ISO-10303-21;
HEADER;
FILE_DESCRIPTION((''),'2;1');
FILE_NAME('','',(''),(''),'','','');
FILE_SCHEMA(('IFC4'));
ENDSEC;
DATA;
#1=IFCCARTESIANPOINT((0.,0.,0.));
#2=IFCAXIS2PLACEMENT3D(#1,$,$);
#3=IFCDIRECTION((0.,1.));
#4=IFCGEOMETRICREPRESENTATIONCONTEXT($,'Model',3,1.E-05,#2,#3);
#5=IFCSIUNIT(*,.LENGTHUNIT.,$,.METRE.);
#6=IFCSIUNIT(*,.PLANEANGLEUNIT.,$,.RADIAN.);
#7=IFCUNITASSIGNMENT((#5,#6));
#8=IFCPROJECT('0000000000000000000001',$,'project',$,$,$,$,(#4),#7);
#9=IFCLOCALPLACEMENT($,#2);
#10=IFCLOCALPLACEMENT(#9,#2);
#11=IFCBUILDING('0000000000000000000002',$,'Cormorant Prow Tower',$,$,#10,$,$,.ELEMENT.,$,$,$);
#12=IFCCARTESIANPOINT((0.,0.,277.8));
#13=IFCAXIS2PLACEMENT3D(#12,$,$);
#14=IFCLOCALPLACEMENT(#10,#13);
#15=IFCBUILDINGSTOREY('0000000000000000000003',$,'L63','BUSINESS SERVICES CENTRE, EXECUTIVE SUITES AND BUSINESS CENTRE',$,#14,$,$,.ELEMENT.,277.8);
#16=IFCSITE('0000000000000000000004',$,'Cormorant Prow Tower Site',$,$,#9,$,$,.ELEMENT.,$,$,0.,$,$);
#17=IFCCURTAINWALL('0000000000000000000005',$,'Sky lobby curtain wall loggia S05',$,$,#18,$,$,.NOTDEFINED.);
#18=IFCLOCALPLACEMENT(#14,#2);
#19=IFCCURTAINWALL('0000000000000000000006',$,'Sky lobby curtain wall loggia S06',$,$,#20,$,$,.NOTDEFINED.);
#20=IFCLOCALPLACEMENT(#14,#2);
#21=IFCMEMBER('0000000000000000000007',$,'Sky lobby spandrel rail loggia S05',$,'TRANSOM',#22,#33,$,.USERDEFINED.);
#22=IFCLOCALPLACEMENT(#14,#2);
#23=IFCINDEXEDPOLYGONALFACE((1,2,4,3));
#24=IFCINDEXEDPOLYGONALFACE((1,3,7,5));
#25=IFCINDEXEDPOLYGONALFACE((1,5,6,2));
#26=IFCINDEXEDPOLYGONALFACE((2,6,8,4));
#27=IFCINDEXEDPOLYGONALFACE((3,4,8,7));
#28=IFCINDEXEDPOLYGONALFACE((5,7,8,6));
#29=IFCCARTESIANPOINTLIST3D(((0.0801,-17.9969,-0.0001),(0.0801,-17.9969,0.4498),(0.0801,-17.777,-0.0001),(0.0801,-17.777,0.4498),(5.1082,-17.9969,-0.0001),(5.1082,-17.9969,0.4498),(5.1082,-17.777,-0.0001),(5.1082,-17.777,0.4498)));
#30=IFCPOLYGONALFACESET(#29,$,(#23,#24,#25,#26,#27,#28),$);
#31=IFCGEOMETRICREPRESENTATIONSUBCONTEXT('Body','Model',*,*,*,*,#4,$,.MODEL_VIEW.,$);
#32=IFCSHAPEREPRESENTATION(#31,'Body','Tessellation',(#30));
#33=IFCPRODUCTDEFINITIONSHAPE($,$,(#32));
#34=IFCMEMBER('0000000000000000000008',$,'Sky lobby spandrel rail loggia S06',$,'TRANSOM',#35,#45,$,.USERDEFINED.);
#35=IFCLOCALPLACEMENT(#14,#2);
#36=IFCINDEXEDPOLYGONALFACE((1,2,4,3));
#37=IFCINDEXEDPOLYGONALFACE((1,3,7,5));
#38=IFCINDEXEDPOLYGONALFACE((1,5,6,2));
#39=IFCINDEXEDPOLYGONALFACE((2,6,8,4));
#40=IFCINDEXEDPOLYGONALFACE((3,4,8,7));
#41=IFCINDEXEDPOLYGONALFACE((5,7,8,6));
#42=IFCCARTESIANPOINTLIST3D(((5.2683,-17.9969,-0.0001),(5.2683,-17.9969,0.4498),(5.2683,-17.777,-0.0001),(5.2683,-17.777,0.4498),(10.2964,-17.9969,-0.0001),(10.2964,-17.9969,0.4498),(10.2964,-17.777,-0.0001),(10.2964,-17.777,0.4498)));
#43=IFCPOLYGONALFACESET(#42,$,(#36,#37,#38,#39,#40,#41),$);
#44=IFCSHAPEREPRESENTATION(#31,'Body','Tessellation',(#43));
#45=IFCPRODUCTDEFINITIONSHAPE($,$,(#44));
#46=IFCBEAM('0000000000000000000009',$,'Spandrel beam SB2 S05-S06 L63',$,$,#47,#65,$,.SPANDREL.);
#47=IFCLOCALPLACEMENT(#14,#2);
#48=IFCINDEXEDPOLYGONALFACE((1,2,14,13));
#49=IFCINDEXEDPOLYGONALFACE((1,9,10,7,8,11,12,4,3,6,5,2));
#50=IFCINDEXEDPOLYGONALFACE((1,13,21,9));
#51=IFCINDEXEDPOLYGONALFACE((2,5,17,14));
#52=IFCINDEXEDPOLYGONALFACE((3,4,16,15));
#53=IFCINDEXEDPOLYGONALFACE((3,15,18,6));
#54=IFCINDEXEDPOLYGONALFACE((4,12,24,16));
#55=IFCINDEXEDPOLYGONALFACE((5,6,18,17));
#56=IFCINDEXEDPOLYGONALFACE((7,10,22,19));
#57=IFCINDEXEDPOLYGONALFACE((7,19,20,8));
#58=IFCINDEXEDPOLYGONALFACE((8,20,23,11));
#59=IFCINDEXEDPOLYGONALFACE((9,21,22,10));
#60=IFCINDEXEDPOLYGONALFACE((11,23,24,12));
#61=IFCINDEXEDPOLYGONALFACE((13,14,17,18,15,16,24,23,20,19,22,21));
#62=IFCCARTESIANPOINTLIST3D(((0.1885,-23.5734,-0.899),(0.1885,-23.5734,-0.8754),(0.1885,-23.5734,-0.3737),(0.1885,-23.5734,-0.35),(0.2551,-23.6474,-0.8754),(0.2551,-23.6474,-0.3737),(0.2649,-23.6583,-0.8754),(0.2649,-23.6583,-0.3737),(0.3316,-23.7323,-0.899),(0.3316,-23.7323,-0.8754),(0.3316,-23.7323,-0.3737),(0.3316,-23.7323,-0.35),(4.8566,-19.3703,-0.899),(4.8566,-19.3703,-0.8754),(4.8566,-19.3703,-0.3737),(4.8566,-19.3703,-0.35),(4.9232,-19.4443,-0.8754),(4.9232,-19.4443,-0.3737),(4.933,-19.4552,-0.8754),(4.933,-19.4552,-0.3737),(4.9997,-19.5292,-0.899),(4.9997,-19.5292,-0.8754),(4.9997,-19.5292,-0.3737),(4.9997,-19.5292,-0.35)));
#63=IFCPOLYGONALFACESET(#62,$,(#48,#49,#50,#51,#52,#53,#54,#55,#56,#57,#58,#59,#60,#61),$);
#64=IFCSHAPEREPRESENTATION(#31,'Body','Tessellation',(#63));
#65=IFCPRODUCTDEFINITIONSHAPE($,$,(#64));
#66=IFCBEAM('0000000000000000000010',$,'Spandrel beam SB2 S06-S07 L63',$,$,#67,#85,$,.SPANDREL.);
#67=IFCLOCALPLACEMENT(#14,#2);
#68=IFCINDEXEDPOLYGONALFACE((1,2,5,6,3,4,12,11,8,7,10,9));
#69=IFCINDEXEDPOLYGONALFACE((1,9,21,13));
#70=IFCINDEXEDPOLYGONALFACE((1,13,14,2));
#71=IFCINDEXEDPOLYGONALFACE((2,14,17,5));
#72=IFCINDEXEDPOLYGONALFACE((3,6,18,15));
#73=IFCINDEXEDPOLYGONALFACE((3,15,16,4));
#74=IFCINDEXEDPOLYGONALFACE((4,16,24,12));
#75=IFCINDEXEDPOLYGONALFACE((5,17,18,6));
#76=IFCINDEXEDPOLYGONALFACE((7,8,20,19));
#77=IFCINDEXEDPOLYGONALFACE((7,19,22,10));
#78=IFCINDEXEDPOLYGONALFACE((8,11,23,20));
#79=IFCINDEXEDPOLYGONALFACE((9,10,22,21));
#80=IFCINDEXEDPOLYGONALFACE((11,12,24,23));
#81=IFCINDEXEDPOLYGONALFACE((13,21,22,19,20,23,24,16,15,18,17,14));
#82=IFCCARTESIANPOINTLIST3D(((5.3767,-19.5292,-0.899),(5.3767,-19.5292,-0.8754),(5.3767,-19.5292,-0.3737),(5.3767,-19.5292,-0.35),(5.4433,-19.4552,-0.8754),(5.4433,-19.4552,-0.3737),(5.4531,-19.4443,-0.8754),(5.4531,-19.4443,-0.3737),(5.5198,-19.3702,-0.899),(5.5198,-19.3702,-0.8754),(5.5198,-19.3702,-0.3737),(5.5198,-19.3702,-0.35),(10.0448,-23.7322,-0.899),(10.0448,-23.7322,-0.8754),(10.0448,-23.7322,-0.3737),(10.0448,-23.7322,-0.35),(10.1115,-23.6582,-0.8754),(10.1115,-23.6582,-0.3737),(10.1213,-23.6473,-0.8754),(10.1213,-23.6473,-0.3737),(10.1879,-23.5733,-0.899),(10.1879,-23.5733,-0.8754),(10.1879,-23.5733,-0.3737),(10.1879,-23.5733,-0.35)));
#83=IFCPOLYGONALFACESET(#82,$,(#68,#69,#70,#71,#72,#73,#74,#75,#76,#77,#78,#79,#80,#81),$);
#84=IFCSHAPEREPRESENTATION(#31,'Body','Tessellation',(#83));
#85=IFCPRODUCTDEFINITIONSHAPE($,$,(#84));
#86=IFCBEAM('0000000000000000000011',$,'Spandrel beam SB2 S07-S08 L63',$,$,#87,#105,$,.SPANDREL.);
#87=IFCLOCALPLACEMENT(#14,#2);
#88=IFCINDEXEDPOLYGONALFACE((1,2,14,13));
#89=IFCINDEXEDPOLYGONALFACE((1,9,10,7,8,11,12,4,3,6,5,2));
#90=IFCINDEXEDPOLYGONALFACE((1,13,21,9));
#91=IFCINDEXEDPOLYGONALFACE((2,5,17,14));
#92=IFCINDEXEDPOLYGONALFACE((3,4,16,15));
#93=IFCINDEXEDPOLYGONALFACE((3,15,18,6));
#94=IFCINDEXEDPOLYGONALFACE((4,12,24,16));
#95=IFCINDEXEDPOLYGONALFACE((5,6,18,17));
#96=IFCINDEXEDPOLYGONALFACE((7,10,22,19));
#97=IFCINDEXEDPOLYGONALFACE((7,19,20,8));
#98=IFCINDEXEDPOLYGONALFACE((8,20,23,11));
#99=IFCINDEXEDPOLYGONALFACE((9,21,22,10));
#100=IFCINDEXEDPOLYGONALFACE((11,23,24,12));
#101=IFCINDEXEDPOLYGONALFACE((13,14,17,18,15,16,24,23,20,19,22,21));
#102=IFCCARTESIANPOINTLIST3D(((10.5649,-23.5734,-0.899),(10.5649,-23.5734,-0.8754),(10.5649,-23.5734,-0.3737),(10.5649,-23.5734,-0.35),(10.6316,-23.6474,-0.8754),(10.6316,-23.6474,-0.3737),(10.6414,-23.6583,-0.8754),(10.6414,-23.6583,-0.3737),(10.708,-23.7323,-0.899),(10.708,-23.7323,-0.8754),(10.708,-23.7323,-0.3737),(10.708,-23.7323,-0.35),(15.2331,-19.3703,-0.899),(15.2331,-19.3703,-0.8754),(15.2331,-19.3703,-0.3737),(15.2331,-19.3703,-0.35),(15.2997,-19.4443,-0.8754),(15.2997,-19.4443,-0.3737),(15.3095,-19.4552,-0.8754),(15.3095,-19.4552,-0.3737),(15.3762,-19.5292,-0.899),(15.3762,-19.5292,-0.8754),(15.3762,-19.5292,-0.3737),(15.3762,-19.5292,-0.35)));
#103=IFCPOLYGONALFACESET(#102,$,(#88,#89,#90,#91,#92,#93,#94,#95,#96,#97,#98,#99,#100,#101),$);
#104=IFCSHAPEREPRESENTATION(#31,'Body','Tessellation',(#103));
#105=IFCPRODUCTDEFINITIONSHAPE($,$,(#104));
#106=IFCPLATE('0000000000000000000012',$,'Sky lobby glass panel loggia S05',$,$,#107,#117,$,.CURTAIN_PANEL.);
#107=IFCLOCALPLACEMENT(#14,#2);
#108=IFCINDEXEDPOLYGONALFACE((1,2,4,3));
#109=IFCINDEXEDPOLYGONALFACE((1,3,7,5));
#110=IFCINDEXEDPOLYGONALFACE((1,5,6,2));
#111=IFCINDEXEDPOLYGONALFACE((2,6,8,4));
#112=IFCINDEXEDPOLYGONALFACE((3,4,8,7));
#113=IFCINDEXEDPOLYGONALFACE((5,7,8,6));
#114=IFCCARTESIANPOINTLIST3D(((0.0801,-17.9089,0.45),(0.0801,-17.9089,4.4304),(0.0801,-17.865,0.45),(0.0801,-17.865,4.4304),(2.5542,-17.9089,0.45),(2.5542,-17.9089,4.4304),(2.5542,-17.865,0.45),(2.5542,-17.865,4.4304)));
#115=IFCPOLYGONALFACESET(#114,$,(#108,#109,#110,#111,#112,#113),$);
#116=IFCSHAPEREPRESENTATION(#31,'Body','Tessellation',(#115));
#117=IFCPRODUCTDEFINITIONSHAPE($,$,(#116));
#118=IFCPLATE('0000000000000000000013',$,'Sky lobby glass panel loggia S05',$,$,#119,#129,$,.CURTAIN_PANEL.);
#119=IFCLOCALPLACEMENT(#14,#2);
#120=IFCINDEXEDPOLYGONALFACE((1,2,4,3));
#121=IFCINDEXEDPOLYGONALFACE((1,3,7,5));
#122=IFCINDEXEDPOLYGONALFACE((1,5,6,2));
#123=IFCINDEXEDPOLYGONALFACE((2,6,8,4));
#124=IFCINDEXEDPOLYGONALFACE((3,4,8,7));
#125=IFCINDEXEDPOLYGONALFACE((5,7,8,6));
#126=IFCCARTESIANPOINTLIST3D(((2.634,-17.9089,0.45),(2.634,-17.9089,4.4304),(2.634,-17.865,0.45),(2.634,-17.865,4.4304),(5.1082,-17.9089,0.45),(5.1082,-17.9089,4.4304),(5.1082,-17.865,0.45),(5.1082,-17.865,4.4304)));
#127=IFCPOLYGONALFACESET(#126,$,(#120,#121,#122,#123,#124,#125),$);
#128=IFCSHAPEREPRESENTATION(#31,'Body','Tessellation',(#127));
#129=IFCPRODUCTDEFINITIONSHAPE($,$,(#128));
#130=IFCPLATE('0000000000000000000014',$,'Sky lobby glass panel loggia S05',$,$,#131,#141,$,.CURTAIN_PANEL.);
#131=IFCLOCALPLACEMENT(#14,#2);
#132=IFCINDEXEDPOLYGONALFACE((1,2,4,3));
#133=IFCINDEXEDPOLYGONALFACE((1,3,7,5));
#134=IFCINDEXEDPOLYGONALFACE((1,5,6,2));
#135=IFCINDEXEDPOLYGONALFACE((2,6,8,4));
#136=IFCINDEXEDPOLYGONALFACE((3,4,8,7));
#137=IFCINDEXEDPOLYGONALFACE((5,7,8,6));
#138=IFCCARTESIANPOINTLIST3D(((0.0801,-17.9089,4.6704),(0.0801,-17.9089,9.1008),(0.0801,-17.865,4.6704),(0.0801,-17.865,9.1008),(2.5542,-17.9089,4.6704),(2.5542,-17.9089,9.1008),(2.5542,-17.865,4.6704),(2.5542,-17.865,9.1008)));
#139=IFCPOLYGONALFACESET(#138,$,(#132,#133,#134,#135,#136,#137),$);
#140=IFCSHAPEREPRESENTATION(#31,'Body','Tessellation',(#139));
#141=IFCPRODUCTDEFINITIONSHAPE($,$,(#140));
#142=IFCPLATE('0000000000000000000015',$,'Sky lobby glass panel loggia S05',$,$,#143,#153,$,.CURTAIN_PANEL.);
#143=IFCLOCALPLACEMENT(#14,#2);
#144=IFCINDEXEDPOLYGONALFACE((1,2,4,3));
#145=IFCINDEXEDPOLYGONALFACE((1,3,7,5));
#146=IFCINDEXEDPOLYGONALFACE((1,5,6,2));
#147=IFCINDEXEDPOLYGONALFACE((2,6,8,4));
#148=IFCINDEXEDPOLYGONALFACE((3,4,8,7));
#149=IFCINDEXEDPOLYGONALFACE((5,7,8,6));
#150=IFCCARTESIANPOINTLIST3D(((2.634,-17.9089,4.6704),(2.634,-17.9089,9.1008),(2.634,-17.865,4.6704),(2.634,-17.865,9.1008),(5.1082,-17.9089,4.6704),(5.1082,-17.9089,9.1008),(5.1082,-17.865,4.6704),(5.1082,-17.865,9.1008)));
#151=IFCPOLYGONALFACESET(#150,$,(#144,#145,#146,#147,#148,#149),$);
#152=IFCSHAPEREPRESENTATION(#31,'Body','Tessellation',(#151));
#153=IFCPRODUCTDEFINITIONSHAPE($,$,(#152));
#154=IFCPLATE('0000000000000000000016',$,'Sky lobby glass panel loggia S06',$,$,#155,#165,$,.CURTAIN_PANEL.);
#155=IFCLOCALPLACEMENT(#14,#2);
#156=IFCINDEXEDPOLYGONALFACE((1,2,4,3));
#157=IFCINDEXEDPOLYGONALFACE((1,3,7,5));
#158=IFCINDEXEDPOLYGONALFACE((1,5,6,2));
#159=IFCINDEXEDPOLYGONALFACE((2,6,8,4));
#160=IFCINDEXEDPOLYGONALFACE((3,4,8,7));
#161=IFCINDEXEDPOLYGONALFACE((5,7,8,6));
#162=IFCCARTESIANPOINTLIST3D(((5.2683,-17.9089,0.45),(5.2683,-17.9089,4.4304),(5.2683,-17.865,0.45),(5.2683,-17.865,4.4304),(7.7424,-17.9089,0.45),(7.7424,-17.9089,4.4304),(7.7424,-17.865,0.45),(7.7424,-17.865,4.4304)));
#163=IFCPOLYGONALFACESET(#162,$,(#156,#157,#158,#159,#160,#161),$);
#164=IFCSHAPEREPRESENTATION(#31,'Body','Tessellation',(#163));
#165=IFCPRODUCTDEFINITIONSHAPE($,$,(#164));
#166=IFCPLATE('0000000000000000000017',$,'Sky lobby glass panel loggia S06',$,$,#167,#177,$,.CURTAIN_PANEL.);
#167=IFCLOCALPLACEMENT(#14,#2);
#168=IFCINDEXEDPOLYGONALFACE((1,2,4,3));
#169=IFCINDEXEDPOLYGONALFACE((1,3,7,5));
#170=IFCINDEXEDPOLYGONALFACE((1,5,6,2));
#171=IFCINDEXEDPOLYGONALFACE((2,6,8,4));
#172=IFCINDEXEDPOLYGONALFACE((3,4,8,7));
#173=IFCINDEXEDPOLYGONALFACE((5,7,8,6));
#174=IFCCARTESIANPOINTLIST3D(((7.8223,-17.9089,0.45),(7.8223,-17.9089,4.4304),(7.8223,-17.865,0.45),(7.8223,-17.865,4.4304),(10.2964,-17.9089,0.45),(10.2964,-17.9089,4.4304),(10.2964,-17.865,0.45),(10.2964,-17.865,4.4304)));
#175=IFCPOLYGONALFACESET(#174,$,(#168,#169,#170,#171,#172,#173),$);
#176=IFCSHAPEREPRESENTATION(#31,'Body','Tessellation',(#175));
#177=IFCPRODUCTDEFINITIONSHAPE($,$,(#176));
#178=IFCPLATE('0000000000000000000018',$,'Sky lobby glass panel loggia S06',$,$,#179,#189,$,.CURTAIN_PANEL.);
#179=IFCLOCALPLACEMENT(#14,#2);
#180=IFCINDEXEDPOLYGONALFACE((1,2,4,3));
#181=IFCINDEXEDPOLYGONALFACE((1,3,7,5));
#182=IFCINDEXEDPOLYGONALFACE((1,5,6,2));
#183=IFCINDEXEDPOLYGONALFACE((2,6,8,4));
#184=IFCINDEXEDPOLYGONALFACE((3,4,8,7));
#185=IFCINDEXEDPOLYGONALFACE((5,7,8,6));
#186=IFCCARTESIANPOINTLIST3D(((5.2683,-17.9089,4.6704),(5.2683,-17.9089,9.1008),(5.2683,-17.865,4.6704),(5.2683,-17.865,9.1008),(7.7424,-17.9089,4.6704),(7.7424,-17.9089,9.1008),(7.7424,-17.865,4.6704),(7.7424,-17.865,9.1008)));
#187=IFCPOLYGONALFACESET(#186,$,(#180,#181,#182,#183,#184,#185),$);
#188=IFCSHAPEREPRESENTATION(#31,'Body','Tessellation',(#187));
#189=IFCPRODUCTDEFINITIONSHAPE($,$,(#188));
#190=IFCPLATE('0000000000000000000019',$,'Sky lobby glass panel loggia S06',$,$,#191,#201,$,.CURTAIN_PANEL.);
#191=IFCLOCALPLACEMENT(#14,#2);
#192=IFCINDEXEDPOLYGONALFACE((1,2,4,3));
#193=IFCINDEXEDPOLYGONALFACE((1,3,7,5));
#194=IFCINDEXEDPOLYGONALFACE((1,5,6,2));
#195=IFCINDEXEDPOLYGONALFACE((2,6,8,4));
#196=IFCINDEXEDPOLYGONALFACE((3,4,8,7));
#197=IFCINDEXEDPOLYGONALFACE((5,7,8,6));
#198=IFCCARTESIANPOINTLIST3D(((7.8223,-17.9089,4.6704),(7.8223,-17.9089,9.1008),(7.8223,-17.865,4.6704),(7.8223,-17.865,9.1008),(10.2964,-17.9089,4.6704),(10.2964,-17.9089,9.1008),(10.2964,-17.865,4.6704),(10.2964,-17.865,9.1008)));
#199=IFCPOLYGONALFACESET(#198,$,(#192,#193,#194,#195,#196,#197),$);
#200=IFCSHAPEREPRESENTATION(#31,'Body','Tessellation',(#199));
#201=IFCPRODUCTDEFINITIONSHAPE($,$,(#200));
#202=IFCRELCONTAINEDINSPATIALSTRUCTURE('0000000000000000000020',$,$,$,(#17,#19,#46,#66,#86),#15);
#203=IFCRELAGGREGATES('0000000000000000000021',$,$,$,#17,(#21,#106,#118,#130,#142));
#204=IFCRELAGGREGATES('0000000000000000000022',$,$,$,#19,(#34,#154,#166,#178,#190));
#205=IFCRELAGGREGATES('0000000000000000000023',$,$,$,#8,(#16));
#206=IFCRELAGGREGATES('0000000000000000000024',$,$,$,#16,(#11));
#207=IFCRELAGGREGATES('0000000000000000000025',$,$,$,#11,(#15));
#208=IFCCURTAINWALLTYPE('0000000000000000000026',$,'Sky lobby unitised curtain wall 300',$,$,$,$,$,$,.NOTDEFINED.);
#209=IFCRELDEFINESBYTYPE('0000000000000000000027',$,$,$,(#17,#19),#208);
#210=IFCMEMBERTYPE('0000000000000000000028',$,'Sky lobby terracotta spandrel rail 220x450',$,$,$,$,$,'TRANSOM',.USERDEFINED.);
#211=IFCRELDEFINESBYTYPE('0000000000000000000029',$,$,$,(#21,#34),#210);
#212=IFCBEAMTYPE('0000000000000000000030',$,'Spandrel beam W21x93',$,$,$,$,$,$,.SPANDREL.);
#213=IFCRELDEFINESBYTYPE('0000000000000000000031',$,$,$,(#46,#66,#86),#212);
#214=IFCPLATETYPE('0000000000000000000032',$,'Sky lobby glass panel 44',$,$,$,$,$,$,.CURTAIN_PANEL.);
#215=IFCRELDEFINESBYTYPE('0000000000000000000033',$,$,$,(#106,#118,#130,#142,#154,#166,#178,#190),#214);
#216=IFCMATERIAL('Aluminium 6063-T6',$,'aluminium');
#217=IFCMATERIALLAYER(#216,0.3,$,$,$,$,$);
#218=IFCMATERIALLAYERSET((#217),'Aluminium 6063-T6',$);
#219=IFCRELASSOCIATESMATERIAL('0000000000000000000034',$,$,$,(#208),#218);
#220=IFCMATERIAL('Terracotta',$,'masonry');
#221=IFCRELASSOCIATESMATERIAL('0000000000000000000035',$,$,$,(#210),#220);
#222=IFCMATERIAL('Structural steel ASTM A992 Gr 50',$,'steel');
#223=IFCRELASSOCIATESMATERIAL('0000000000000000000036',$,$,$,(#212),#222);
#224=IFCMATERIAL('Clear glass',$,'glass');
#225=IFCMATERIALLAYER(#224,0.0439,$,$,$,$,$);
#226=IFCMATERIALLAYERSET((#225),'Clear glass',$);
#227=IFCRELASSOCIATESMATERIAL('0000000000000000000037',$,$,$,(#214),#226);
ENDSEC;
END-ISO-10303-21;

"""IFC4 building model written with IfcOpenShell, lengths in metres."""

from ifc_helpers import new_model, si_unit, direction, frame, origin, origin_2d, place, context, subcontext, project, spatial, rectangle, i_section, extrude, material, layer, layer_set, material_profile, profile_set, type_object, element, aggregate, save


model = new_model("IFC4")

# Units and contexts
model_context = context("Model", 3, precision=1e-05, world=origin(), true_north=direction((0.0, 1.0)))
body_context = subcontext(model_context, "Body", "Model", "MODEL_VIEW")
ifc_project = project(units=[si_unit("LENGTHUNIT", "METRE"), si_unit("PLANEANGLEUNIT", "RADIAN")], contexts=[model_context])

# Site, building, storey
site_placement = place(None, origin())
site = spatial("IfcSite", under=ifc_project, at=site_placement, Name="Cormorant Prow Tower Site", CompositionType="ELEMENT", RefElevation=0.0)
building_placement = place(site_placement, origin())
building = spatial("IfcBuilding", under=site, at=building_placement, Name="Cormorant Prow Tower", CompositionType="ELEMENT")
storey_placement = place(building_placement, frame((0.0, 0.0, 277.8)))
storey = spatial("IfcBuildingStorey", under=building, at=storey_placement, Name="L63", Description="BUSINESS SERVICES CENTRE, EXECUTIVE SUITES AND BUSINESS CENTRE", CompositionType="ELEMENT", Elevation=277.8)

# Curtain walls
ifc_material_1 = material(Name="Aluminium 6063-T6", Category="aluminium")
ifc_layer_1 = layer(ifc_material_1, 0.3)
ifc_layer_set_1 = layer_set([ifc_layer_1], Name="Aluminium 6063-T6")
curtain_wall_type = type_object("IfcCurtainWallType", Name="Sky lobby unitised curtain wall 300", PredefinedType="NOTDEFINED", material=ifc_layer_set_1)
curtain_wall_1_placement = place(storey_placement, origin())
curtain_wall_1 = element("IfcCurtainWall", 1, at=curtain_wall_1_placement, inside=storey, type_object=curtain_wall_type, Name="Sky lobby curtain wall loggia S05", PredefinedType="NOTDEFINED")
curtain_wall_2_placement = place(storey_placement, origin())
curtain_wall_2 = element("IfcCurtainWall", 2, at=curtain_wall_2_placement, inside=storey, type_object=curtain_wall_type, Name="Sky lobby curtain wall loggia S06", PredefinedType="NOTDEFINED")

# Members
ifc_material_2 = material(Name="Terracotta", Category="masonry")
ifc_material_profile_1 = material_profile(ifc_material_2, rectangle(XDim=0.22, YDim=0.45, at=origin_2d()), Name="Sky lobby terracotta spandrel rail 220x450")
ifc_profile_set_1 = profile_set([ifc_material_profile_1], Name="Terracotta")
member_type_1 = type_object("IfcMemberType", Name="Sky lobby terracotta spandrel rail 220x450", ElementType="TRANSOM", PredefinedType="USERDEFINED", material=ifc_profile_set_1)
member_1_placement = place(storey_placement, frame((0.0801, -17.887, 0.2249), z_axis=(1.0, 0.0, 0.0), x_axis=(0.0, 1.0, 0.0)))
member_1 = element("IfcMember", 3, at=member_1_placement, type_object=member_type_1, Name="Sky lobby spandrel rail loggia S05", ObjectType="TRANSOM", PredefinedType="USERDEFINED", context=body_context, shape_type="SweptSolid", body=[
    extrude(rectangle(XDim=0.22, YDim=0.45, at=origin_2d()), origin(), (0.0, 0.0, 1.0), 5.0281),
])
member_2_placement = place(storey_placement, frame((5.2683, -17.887, 0.2249), z_axis=(1.0, 0.0, 0.0), x_axis=(0.0, 1.0, 0.0)))
member_2 = element("IfcMember", 4, at=member_2_placement, type_object=member_type_1, Name="Sky lobby spandrel rail loggia S06", ObjectType="TRANSOM", PredefinedType="USERDEFINED", context=body_context, shape_type="SweptSolid", body=[
    extrude(rectangle(XDim=0.22, YDim=0.45, at=origin_2d()), origin(), (0.0, 0.0, 1.0), 5.0281),
])

# Beams
ifc_material_3 = material(Name="Structural steel ASTM A992 Gr 50", Category="steel")
ifc_material_profile_2 = material_profile(ifc_material_3, i_section(OverallWidth=0.2139, OverallDepth=0.5491, WebThickness=0.0146, FlangeThickness=0.0237, at=origin_2d()), Name="W21x93")
ifc_profile_set_2 = profile_set([ifc_material_profile_2], Name="Structural steel ASTM A992 Gr 50")
beam_type = type_object("IfcBeamType", Name="Spandrel beam W21x93", PredefinedType="SPANDREL", material=ifc_profile_set_2)
for number, where, z_axis, x_axis, name in (
    (5, (0.26, -23.6528, -0.6245), (0.743157, 0.669117, 0.0), (-0.669117, 0.743157, 0.0), "Spandrel beam SB2 S05-S06 L63"),
    (6, (5.4482, -19.4497, -0.6245), (0.743157, -0.669117, 0.0), (0.669117, 0.743157, 0.0), "Spandrel beam SB2 S06-S07 L63"),
    (7, (10.6365, -23.6528, -0.6245), (0.743157, 0.669117, 0.0), (-0.669117, 0.743157, 0.0), "Spandrel beam SB2 S07-S08 L63"),
):
    element("IfcBeam", number, at=place(storey_placement, frame(where, z_axis=z_axis, x_axis=x_axis)), inside=storey, type_object=beam_type, Name=name, PredefinedType="SPANDREL", context=body_context, shape_type="SweptSolid", body=[
        extrude(i_section(OverallWidth=0.2139, OverallDepth=0.5491, WebThickness=0.0146, FlangeThickness=0.0237, at=origin_2d()), origin(), (0.0, 0.0, 1.0), 6.2815),
    ])

# Plates
ifc_material_4 = material(Name="Clear glass", Category="glass")
ifc_layer_2 = layer(ifc_material_4, 0.0439)
ifc_layer_set_2 = layer_set([ifc_layer_2], Name="Clear glass")
plate_type = type_object("IfcPlateType", Name="Sky lobby glass panel 44", PredefinedType="CURTAIN_PANEL", material=ifc_layer_set_2)
plate_1_placement = place(storey_placement, frame((1.3171, -17.887, 0.45), z_axis=(0.0, 0.0, 1.0), x_axis=(1.0, 0.0, 0.0)))
plate_1 = element("IfcPlate", 8, at=plate_1_placement, type_object=plate_type, Name="Sky lobby glass panel loggia S05", PredefinedType="CURTAIN_PANEL", context=body_context, shape_type="SweptSolid", body=[
    extrude(rectangle(XDim=2.4741, YDim=0.0439, at=origin_2d()), origin(), (0.0, 0.0, 1.0), 3.9805),
])
plate_2_placement = place(storey_placement, frame((3.8711, -17.887, 0.45), z_axis=(0.0, 0.0, 1.0), x_axis=(1.0, 0.0, 0.0)))
plate_2 = element("IfcPlate", 9, at=plate_2_placement, type_object=plate_type, Name="Sky lobby glass panel loggia S05", PredefinedType="CURTAIN_PANEL", context=body_context, shape_type="SweptSolid", body=[
    extrude(rectangle(XDim=2.4741, YDim=0.0439, at=origin_2d()), origin(), (0.0, 0.0, 1.0), 3.9805),
])
plate_3_placement = place(storey_placement, frame((1.3171, -17.887, 4.6704), z_axis=(0.0, 0.0, 1.0), x_axis=(1.0, 0.0, 0.0)))
plate_3 = element("IfcPlate", 10, at=plate_3_placement, type_object=plate_type, Name="Sky lobby glass panel loggia S05", PredefinedType="CURTAIN_PANEL", context=body_context, shape_type="SweptSolid", body=[
    extrude(rectangle(XDim=2.4741, YDim=0.0439, at=origin_2d()), origin(), (0.0, 0.0, 1.0), 4.4304),
])
plate_4_placement = place(storey_placement, frame((3.8711, -17.887, 4.6704), z_axis=(0.0, 0.0, 1.0), x_axis=(1.0, 0.0, 0.0)))
plate_4 = element("IfcPlate", 11, at=plate_4_placement, type_object=plate_type, Name="Sky lobby glass panel loggia S05", PredefinedType="CURTAIN_PANEL", context=body_context, shape_type="SweptSolid", body=[
    extrude(rectangle(XDim=2.4741, YDim=0.0439, at=origin_2d()), origin(), (0.0, 0.0, 1.0), 4.4304),
])
aggregate(curtain_wall_1, [member_1, plate_1, plate_2, plate_3, plate_4])
plate_5_placement = place(storey_placement, frame((6.5054, -17.887, 0.45), z_axis=(0.0, 0.0, 1.0), x_axis=(1.0, 0.0, 0.0)))
plate_5 = element("IfcPlate", 12, at=plate_5_placement, type_object=plate_type, Name="Sky lobby glass panel loggia S06", PredefinedType="CURTAIN_PANEL", context=body_context, shape_type="SweptSolid", body=[
    extrude(rectangle(XDim=2.4741, YDim=0.0439, at=origin_2d()), origin(), (0.0, 0.0, 1.0), 3.9805),
])
plate_6_placement = place(storey_placement, frame((9.0593, -17.887, 0.45), z_axis=(0.0, 0.0, 1.0), x_axis=(1.0, 0.0, 0.0)))
plate_6 = element("IfcPlate", 13, at=plate_6_placement, type_object=plate_type, Name="Sky lobby glass panel loggia S06", PredefinedType="CURTAIN_PANEL", context=body_context, shape_type="SweptSolid", body=[
    extrude(rectangle(XDim=2.4741, YDim=0.0439, at=origin_2d()), origin(), (0.0, 0.0, 1.0), 3.9805),
])
plate_7_placement = place(storey_placement, frame((6.5054, -17.887, 4.6704), z_axis=(0.0, 0.0, 1.0), x_axis=(1.0, 0.0, 0.0)))
plate_7 = element("IfcPlate", 14, at=plate_7_placement, type_object=plate_type, Name="Sky lobby glass panel loggia S06", PredefinedType="CURTAIN_PANEL", context=body_context, shape_type="SweptSolid", body=[
    extrude(rectangle(XDim=2.4741, YDim=0.0439, at=origin_2d()), origin(), (0.0, 0.0, 1.0), 4.4304),
])
plate_8_placement = place(storey_placement, frame((9.0593, -17.887, 4.6704), z_axis=(0.0, 0.0, 1.0), x_axis=(1.0, 0.0, 0.0)))
plate_8 = element("IfcPlate", 15, at=plate_8_placement, type_object=plate_type, Name="Sky lobby glass panel loggia S06", PredefinedType="CURTAIN_PANEL", context=body_context, shape_type="SweptSolid", body=[
    extrude(rectangle(XDim=2.4741, YDim=0.0439, at=origin_2d()), origin(), (0.0, 0.0, 1.0), 4.4304),
])
aggregate(curtain_wall_2, [member_2, plate_5, plate_6, plate_7, plate_8])

save(model, "model.ifc")
